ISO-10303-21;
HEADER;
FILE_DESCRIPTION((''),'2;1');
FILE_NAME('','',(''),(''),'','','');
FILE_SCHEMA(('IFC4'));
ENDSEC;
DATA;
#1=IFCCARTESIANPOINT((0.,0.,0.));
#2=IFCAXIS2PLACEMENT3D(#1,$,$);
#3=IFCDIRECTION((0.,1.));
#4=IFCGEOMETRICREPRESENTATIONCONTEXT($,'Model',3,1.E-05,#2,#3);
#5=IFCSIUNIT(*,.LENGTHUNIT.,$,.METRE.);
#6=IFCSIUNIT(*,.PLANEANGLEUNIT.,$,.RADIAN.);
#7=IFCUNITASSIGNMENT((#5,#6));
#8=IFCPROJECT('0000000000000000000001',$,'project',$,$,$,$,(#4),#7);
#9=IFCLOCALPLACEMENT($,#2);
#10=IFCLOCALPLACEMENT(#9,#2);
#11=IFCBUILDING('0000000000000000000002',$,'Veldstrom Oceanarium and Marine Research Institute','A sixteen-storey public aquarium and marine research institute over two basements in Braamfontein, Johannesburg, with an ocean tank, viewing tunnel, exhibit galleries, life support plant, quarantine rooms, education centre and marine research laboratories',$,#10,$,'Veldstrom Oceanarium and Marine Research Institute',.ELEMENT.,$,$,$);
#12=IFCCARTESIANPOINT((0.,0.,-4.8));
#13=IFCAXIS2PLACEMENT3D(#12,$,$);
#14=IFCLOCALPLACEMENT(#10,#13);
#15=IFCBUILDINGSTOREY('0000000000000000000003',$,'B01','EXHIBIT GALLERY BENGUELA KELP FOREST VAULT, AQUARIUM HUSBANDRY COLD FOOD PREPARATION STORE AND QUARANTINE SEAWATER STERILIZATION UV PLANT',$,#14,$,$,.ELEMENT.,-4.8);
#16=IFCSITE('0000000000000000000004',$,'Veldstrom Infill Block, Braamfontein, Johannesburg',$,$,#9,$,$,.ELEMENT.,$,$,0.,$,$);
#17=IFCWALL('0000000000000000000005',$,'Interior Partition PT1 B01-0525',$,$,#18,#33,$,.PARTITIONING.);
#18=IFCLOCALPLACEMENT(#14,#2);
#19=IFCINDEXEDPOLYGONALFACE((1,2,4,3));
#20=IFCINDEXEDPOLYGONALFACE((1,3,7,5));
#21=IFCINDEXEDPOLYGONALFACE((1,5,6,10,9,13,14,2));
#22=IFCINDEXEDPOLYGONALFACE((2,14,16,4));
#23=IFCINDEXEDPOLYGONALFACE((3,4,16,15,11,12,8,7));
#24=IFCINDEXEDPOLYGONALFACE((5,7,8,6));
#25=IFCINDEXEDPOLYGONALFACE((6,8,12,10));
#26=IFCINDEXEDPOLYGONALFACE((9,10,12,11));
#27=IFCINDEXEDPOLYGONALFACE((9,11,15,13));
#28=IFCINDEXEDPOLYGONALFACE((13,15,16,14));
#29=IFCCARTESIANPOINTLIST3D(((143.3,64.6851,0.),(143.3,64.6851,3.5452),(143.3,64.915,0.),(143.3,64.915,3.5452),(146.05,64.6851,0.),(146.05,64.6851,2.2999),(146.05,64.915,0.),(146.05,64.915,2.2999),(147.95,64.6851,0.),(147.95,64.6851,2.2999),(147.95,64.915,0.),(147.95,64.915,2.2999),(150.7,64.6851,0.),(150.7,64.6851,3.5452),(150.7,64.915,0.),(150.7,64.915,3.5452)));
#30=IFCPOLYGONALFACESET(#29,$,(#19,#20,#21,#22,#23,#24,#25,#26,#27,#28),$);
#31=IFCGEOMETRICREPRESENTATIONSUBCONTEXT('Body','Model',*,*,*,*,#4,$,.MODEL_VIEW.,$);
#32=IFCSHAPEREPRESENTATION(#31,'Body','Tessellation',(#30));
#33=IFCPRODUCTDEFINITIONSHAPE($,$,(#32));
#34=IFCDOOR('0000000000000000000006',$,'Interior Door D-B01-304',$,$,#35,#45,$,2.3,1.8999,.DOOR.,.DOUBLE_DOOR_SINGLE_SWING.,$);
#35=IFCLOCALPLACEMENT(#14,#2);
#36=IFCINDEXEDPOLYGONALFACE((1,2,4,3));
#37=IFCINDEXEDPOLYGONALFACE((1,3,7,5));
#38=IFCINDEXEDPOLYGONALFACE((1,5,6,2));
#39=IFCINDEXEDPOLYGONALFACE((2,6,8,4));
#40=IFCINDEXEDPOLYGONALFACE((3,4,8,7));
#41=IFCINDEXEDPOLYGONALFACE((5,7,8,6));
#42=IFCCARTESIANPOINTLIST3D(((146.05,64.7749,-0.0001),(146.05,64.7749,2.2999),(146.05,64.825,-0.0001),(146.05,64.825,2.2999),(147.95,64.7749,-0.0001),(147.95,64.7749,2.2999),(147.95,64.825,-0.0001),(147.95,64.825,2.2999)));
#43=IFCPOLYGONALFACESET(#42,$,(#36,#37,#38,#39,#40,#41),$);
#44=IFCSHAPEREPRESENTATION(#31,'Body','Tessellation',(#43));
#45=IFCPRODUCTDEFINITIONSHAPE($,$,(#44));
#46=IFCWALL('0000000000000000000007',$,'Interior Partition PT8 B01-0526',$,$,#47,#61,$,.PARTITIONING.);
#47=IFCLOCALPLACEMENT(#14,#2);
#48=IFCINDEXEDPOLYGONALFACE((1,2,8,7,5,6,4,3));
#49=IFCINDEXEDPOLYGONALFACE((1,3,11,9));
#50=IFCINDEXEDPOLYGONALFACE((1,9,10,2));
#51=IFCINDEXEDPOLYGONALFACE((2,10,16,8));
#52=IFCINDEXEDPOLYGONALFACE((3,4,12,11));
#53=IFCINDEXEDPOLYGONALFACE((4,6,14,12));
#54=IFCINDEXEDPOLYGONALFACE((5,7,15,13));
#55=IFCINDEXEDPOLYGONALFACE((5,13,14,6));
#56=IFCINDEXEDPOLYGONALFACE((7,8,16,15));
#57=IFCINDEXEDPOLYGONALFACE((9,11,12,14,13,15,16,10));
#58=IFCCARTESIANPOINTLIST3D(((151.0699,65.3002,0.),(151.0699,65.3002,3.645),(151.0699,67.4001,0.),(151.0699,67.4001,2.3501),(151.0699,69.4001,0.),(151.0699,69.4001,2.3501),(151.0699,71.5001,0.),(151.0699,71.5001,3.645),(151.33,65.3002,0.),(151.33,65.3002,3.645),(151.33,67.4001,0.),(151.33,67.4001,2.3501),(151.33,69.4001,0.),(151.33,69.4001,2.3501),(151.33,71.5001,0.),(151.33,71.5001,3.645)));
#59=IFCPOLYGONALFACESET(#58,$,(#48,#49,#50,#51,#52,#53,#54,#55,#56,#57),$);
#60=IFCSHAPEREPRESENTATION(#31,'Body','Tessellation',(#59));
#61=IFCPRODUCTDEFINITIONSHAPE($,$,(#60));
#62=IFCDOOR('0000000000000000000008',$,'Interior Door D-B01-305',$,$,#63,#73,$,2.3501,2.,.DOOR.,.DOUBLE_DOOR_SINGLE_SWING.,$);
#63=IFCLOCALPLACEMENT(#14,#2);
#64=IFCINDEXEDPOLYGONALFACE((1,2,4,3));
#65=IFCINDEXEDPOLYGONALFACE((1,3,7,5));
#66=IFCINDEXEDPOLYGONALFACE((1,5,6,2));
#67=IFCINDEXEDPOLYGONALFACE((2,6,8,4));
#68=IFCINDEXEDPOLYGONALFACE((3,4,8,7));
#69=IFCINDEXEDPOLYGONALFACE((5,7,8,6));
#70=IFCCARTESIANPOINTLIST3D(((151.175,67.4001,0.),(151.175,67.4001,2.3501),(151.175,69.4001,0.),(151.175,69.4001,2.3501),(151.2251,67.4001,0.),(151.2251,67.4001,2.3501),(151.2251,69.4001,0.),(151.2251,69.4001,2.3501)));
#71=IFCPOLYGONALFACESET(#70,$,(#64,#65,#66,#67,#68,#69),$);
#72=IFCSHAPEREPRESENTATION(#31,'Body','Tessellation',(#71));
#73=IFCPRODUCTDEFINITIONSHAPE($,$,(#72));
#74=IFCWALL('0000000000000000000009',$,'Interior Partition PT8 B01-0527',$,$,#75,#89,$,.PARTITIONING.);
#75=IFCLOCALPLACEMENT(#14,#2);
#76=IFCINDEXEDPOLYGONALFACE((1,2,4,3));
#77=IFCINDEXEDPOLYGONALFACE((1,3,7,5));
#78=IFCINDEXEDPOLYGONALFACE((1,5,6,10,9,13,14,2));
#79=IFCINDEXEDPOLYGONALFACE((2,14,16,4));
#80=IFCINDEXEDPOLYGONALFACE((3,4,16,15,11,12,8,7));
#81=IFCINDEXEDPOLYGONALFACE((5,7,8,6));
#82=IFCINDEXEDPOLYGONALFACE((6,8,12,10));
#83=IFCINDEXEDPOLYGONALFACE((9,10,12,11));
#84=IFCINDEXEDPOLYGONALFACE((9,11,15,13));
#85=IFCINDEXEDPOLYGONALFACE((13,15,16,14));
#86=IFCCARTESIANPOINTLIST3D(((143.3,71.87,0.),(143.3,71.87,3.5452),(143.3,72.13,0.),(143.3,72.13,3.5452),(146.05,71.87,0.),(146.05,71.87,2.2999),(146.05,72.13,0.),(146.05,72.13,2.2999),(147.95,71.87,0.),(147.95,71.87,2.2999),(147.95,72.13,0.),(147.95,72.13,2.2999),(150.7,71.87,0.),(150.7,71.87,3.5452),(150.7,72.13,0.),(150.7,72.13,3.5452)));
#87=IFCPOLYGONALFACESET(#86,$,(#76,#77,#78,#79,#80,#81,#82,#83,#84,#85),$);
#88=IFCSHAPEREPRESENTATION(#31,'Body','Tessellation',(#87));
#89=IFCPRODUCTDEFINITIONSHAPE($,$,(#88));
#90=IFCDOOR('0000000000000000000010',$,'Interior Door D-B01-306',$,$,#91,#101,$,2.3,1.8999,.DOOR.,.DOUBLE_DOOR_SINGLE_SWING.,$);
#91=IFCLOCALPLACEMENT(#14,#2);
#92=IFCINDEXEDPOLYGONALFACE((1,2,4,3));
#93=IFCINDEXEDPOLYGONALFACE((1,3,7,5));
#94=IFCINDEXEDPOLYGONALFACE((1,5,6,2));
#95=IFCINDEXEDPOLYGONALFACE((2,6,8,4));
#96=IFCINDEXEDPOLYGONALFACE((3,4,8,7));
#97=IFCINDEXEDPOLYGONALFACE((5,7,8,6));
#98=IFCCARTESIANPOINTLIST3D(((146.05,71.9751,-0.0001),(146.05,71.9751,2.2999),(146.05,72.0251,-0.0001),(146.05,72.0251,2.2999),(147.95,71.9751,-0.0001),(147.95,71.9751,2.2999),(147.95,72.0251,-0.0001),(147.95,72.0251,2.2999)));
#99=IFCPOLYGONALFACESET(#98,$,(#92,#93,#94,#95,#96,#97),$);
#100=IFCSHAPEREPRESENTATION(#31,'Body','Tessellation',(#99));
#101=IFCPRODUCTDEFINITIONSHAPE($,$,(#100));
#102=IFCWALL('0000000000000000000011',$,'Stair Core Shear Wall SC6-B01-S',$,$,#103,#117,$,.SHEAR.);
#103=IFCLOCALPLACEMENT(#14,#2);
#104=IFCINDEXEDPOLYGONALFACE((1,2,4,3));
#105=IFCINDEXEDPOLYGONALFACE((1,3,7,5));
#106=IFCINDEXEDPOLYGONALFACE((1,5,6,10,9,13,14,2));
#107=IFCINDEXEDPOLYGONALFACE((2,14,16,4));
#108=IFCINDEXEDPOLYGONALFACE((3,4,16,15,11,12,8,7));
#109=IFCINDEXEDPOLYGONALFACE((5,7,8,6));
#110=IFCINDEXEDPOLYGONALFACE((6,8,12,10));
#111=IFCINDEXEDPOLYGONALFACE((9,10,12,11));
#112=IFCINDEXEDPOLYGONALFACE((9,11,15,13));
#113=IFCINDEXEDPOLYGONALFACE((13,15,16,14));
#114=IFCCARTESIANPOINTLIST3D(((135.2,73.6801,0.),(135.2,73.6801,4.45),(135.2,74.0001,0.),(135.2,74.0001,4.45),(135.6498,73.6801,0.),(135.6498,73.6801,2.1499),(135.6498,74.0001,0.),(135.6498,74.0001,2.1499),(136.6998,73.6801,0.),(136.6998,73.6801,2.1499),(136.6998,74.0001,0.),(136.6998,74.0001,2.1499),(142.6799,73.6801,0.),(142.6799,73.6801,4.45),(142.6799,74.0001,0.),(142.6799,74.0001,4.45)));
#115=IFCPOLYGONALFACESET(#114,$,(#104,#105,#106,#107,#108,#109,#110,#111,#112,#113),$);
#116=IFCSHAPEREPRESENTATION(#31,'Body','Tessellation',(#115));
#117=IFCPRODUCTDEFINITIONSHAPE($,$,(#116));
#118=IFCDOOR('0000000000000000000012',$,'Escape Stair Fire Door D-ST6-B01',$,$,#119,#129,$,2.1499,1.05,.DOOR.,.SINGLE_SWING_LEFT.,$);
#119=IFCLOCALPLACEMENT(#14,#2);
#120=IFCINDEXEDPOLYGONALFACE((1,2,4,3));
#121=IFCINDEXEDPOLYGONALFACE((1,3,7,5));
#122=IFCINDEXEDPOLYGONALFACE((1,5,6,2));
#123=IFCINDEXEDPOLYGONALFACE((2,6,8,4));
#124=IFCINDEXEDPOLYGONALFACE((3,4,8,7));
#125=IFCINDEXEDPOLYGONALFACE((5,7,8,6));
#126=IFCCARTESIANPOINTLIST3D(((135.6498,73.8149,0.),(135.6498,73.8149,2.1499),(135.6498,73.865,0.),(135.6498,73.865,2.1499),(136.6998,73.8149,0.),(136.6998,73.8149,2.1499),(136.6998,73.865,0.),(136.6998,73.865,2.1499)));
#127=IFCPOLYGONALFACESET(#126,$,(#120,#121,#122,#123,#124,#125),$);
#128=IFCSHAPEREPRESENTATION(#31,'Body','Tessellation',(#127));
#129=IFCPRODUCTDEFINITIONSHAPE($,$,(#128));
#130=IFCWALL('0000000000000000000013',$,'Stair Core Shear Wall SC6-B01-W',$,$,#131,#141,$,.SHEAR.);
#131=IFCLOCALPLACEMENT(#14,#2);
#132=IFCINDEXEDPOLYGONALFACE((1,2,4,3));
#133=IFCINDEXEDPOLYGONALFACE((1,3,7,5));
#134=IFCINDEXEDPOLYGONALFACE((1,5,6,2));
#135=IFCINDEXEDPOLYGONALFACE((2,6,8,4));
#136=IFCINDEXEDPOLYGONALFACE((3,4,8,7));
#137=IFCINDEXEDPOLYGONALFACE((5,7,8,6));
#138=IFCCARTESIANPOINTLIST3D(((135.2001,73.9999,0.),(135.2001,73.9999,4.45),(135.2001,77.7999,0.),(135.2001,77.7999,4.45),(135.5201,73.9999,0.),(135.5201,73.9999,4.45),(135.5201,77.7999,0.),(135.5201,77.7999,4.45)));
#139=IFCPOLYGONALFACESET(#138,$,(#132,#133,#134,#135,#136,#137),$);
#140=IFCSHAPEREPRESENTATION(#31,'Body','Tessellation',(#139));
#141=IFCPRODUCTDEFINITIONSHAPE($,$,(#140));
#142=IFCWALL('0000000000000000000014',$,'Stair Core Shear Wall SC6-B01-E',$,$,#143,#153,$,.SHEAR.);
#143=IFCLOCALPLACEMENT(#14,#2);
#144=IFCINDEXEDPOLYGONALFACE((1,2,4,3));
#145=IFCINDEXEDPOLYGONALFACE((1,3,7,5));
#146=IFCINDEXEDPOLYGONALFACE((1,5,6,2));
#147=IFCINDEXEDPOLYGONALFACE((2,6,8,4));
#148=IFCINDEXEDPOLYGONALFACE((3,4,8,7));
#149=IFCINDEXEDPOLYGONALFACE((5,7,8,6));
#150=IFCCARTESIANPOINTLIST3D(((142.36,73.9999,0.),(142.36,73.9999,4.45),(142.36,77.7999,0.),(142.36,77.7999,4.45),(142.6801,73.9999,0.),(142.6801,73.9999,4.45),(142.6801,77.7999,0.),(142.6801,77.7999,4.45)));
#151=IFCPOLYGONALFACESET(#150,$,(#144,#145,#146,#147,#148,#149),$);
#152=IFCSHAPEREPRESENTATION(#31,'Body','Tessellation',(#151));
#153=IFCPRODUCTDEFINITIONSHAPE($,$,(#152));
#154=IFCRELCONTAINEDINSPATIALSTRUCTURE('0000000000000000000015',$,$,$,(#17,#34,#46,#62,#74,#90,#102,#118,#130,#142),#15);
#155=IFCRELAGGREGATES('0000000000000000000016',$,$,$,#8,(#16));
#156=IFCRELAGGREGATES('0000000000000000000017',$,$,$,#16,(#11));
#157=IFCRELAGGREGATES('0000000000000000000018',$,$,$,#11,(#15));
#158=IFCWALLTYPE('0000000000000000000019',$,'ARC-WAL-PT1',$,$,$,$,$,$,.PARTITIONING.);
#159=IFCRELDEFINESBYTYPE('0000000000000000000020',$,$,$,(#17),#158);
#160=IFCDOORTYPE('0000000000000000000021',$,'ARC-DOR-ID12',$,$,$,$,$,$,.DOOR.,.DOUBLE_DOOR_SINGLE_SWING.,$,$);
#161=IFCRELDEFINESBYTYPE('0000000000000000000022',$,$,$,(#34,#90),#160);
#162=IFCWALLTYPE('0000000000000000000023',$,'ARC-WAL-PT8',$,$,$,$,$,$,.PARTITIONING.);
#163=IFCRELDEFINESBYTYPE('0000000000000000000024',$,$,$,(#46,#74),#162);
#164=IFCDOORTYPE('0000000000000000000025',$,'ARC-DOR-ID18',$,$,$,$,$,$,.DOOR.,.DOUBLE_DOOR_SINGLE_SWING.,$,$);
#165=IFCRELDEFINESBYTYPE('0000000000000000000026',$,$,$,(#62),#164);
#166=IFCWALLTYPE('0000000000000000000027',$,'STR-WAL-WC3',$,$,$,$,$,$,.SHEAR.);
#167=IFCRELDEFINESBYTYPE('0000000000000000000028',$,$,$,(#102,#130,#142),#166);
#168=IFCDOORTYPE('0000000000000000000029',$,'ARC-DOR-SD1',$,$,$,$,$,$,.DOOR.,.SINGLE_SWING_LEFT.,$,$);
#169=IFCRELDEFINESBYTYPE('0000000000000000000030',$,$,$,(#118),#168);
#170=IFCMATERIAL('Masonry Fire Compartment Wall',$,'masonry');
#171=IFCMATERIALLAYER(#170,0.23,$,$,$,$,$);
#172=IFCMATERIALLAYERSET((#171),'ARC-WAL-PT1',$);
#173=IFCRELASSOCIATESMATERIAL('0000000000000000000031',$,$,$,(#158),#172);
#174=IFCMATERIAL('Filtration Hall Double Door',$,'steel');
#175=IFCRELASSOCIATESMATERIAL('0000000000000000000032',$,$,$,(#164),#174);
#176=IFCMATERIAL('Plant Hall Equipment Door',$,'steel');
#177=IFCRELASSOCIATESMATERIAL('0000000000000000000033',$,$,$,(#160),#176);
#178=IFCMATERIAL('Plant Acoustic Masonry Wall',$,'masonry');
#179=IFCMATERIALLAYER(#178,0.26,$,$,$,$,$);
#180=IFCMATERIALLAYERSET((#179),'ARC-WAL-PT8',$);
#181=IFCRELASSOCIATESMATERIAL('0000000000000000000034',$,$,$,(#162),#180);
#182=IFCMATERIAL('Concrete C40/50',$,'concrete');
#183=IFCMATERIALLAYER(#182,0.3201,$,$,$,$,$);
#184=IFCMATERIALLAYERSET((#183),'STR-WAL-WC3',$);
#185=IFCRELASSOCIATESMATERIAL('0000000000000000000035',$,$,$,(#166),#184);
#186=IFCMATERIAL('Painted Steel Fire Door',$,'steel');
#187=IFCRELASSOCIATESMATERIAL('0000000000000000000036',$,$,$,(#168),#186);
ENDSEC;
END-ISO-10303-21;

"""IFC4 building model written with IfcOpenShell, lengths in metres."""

from ifc_helpers import new_model, si_unit, direction, frame, frame_2d, origin, place, context, subcontext, project, spatial, rectangle, extrude, material, layer, layer_set, type_object, element, fill, save


model = new_model("IFC4")

# Units and contexts
model_context = context("Model", 3, precision=1e-05, world=origin(), true_north=direction((0.0, 1.0)))
body_context = subcontext(model_context, "Body", "Model", "MODEL_VIEW")
ifc_project = project(units=[si_unit("LENGTHUNIT", "METRE"), si_unit("PLANEANGLEUNIT", "RADIAN")], contexts=[model_context])

# Site, building, storey
site_placement = place(None, origin())
site = spatial("IfcSite", under=ifc_project, at=site_placement, Name="Veldstrom Infill Block, Braamfontein, Johannesburg", CompositionType="ELEMENT", RefElevation=0.0)
building_placement = place(site_placement, origin())
building = spatial("IfcBuilding", under=site, at=building_placement, Name="Veldstrom Oceanarium and Marine Research Institute", Description="A sixteen-storey public aquarium and marine research institute over two basements in Braamfontein, Johannesburg, with an ocean tank, viewing tunnel, exhibit galleries, life support plant, quarantine rooms, education centre and marine research laboratories", LongName="Veldstrom Oceanarium and Marine Research Institute", CompositionType="ELEMENT")
storey_placement = place(building_placement, frame((0.0, 0.0, -4.8)))
storey = spatial("IfcBuildingStorey", under=building, at=storey_placement, Name="B01", Description="EXHIBIT GALLERY BENGUELA KELP FOREST VAULT, AQUARIUM HUSBANDRY COLD FOOD PREPARATION STORE AND QUARANTINE SEAWATER STERILIZATION UV PLANT", CompositionType="ELEMENT", Elevation=-4.8)

# Shared definitions
ifc_material_1 = material(Name="Masonry Fire Compartment Wall", Category="masonry")
ifc_layer_1 = layer(ifc_material_1, 0.23)
ifc_layer_set_1 = layer_set([ifc_layer_1], Name="ARC-WAL-PT1")
wall_type_1 = type_object("IfcWallType", Name="ARC-WAL-PT1", PredefinedType="PARTITIONING", material=ifc_layer_set_1)
ifc_material_2 = material(Name="Filtration Hall Double Door", Category="steel")
door_type_1 = type_object("IfcDoorType", Name="ARC-DOR-ID18", OperationType="DOUBLE_DOOR_SINGLE_SWING", PredefinedType="DOOR", material=ifc_material_2)

# Walls, openings, doors
wall_1_placement = place(storey_placement, frame((143.3, 64.8, 0.0), z_axis=(0.0, 0.0, 1.0), x_axis=(1.0, 0.0, 0.0)))
wall_1 = element("IfcWall", 1, at=wall_1_placement, inside=storey, type_object=wall_type_1, Name="Interior Partition PT1 B01-0525", PredefinedType="PARTITIONING", context=body_context, shape_type="SweptSolid", body=[
    extrude(rectangle(XDim=7.3999, YDim=0.23, at=frame_2d((3.7, 0.0))), origin(), (0.0, 0.0, 1.0), 3.5452),
])
opening_1_placement = place(wall_1_placement, frame((2.75, 0.0, 0.0)))
opening_1 = element("IfcOpeningElement", 2, at=opening_1_placement, cuts=wall_1, PredefinedType="OPENING", context=body_context, shape_type="SweptSolid", body=[
    extrude(rectangle(XDim=1.8999, YDim=2.3, at=frame_2d((0.95, 1.1499))), frame((0.0, 0.125, 0.0), z_axis=(0.0, -1.0, 0.0), x_axis=(1.0, 0.0, 0.0)), (0.0, 0.0, 1.0), 0.25),
])
ifc_material_3 = material(Name="Plant Hall Equipment Door", Category="steel")
door_type_2 = type_object("IfcDoorType", Name="ARC-DOR-ID12", OperationType="DOUBLE_DOOR_SINGLE_SWING", PredefinedType="DOOR", material=ifc_material_3)
door_1_placement = place(opening_1_placement, origin())
door_1 = element("IfcDoor", 3, at=door_1_placement, inside=storey, type_object=door_type_2, Name="Interior Door D-B01-304", OperationType="DOUBLE_DOOR_SINGLE_SWING", OverallHeight=2.3, OverallWidth=1.8999, PredefinedType="DOOR", context=body_context, shape_type="SweptSolid", body=[
    extrude(rectangle(XDim=1.8999, YDim=2.3, at=frame_2d((0.95, 1.1499))), frame((0.0, 0.0249, 0.0), z_axis=(0.0, -1.0, 0.0), x_axis=(1.0, 0.0, 0.0)), (0.0, 0.0, 1.0), 0.05),
])
fill(opening_1, door_1)
ifc_material_4 = material(Name="Plant Acoustic Masonry Wall", Category="masonry")
ifc_layer_2 = layer(ifc_material_4, 0.26)
ifc_layer_set_2 = layer_set([ifc_layer_2], Name="ARC-WAL-PT8")
wall_type_2 = type_object("IfcWallType", Name="ARC-WAL-PT8", PredefinedType="PARTITIONING", material=ifc_layer_set_2)
wall_2_placement = place(storey_placement, frame((151.2, 65.3, 0.0), z_axis=(0.0, 0.0, 1.0), x_axis=(0.0, 1.0, 0.0)))
wall_2 = element("IfcWall", 4, at=wall_2_placement, inside=storey, type_object=wall_type_2, Name="Interior Partition PT8 B01-0526", PredefinedType="PARTITIONING", context=body_context, shape_type="SweptSolid", body=[
    extrude(rectangle(XDim=6.2, YDim=0.26, at=frame_2d((3.1001, 0.0))), origin(), (0.0, 0.0, 1.0), 3.645),
])
opening_2_placement = place(wall_2_placement, frame((2.1001, 0.0, 0.0)))
opening_2 = element("IfcOpeningElement", 5, at=opening_2_placement, cuts=wall_2, PredefinedType="OPENING", context=body_context, shape_type="SweptSolid", body=[
    extrude(rectangle(XDim=2.0, YDim=2.3501, at=frame_2d((1.0, 1.175))), frame((0.0, 0.1399, 0.0), z_axis=(0.0, -1.0, 0.0), x_axis=(1.0, 0.0, 0.0)), (0.0, 0.0, 1.0), 0.28),
])
door_2_placement = place(opening_2_placement, origin())
door_2 = element("IfcDoor", 6, at=door_2_placement, inside=storey, type_object=door_type_1, Name="Interior Door D-B01-305", OperationType="DOUBLE_DOOR_SINGLE_SWING", OverallHeight=2.3501, OverallWidth=2.0, PredefinedType="DOOR", context=body_context, shape_type="SweptSolid", body=[
    extrude(rectangle(XDim=2.0, YDim=2.3501, at=frame_2d((1.0, 1.175))), frame((0.0, 0.0249, 0.0), z_axis=(0.0, -1.0, 0.0), x_axis=(1.0, 0.0, 0.0)), (0.0, 0.0, 1.0), 0.05),
])
fill(opening_2, door_2)
wall_3_placement = place(storey_placement, frame((143.3, 72.0, 0.0), z_axis=(0.0, 0.0, 1.0), x_axis=(1.0, 0.0, 0.0)))
wall_3 = element("IfcWall", 7, at=wall_3_placement, inside=storey, type_object=wall_type_2, Name="Interior Partition PT8 B01-0527", PredefinedType="PARTITIONING", context=body_context, shape_type="SweptSolid", body=[
    extrude(rectangle(XDim=7.3999, YDim=0.26, at=frame_2d((3.7, 0.0))), origin(), (0.0, 0.0, 1.0), 3.5452),
])
opening_3_placement = place(wall_3_placement, frame((2.75, 0.0, 0.0)))
opening_3 = element("IfcOpeningElement", 8, at=opening_3_placement, cuts=wall_3, PredefinedType="OPENING", context=body_context, shape_type="SweptSolid", body=[
    extrude(rectangle(XDim=1.8999, YDim=2.3, at=frame_2d((0.95, 1.1499))), frame((0.0, 0.1399, 0.0), z_axis=(0.0, -1.0, 0.0), x_axis=(1.0, 0.0, 0.0)), (0.0, 0.0, 1.0), 0.28),
])
door_3_placement = place(opening_3_placement, frame((1.8999, 0.0, 0.0), z_axis=(0.0, 0.0, 1.0), x_axis=(-1.0, 0.0, 0.0)))
door_3 = element("IfcDoor", 9, at=door_3_placement, inside=storey, type_object=door_type_2, Name="Interior Door D-B01-306", OperationType="DOUBLE_DOOR_SINGLE_SWING", OverallHeight=2.3, OverallWidth=1.8999, PredefinedType="DOOR", context=body_context, shape_type="SweptSolid", body=[
    extrude(rectangle(XDim=1.8999, YDim=2.3, at=frame_2d((0.95, 1.1499))), frame((0.0, 0.0249, 0.0), z_axis=(0.0, -1.0, 0.0), x_axis=(1.0, 0.0, 0.0)), (0.0, 0.0, 1.0), 0.05),
])
fill(opening_3, door_3)
ifc_material_5 = material(Name="Concrete C40/50", Category="concrete")
ifc_layer_3 = layer(ifc_material_5, 0.3201)
ifc_layer_set_3 = layer_set([ifc_layer_3], Name="STR-WAL-WC3")
wall_type_3 = type_object("IfcWallType", Name="STR-WAL-WC3", PredefinedType="SHEAR", material=ifc_layer_set_3)
wall_4_placement = place(storey_placement, frame((135.2, 73.8401, 0.0), z_axis=(0.0, 0.0, 1.0), x_axis=(1.0, 0.0, 0.0)))
wall_4 = element("IfcWall", 10, at=wall_4_placement, inside=storey, type_object=wall_type_3, Name="Stair Core Shear Wall SC6-B01-S", PredefinedType="SHEAR", context=body_context, shape_type="SweptSolid", body=[
    extrude(rectangle(XDim=7.48, YDim=0.3201, at=frame_2d((3.74, 0.0))), origin(), (0.0, 0.0, 1.0), 4.45),
])
opening_4_placement = place(wall_4_placement, frame((0.45, 0.0, 0.0)))
opening_4 = element("IfcOpeningElement", 11, at=opening_4_placement, cuts=wall_4, PredefinedType="OPENING", context=body_context, shape_type="SweptSolid", body=[
    extrude(rectangle(XDim=1.05, YDim=2.1499, at=frame_2d((0.5249, 1.075))), frame((0.0, 0.1699, 0.0), z_axis=(0.0, -1.0, 0.0), x_axis=(1.0, 0.0, 0.0)), (0.0, 0.0, 1.0), 0.3401),
])
ifc_material_6 = material(Name="Painted Steel Fire Door", Category="steel")
door_type_3 = type_object("IfcDoorType", Name="ARC-DOR-SD1", OperationType="SINGLE_SWING_LEFT", PredefinedType="DOOR", material=ifc_material_6)
door_4_placement = place(opening_4_placement, origin())
door_4 = element("IfcDoor", 12, at=door_4_placement, inside=storey, type_object=door_type_3, Name="Escape Stair Fire Door D-ST6-B01", OperationType="SINGLE_SWING_LEFT", OverallHeight=2.1499, OverallWidth=1.05, PredefinedType="DOOR", context=body_context, shape_type="SweptSolid", body=[
    extrude(rectangle(XDim=1.05, YDim=2.1499, at=frame_2d((0.5249, 1.075))), frame((0.0, 0.0249, 0.0), z_axis=(0.0, -1.0, 0.0), x_axis=(1.0, 0.0, 0.0)), (0.0, 0.0, 1.0), 0.05),
])
fill(opening_4, door_4)

# Walls
for number, where, z_axis, x_axis, name in (
    (13, (135.3601, 74.0, 0.0), (0.0, 0.0, 1.0), (0.0, 1.0, 0.0), "Stair Core Shear Wall SC6-B01-W"),
    (14, (142.52, 74.0, 0.0), (0.0, 0.0, 1.0), (0.0, 1.0, 0.0), "Stair Core Shear Wall SC6-B01-E"),
):
    element("IfcWall", number, at=place(storey_placement, frame(where, z_axis=z_axis, x_axis=x_axis)), inside=storey, type_object=wall_type_3, Name=name, PredefinedType="SHEAR", context=body_context, shape_type="SweptSolid", body=[
        extrude(rectangle(XDim=3.8, YDim=0.3201, at=frame_2d((1.8999, 0.0))), origin(), (0.0, 0.0, 1.0), 4.45),
    ])

save(model, "model.ifc")
